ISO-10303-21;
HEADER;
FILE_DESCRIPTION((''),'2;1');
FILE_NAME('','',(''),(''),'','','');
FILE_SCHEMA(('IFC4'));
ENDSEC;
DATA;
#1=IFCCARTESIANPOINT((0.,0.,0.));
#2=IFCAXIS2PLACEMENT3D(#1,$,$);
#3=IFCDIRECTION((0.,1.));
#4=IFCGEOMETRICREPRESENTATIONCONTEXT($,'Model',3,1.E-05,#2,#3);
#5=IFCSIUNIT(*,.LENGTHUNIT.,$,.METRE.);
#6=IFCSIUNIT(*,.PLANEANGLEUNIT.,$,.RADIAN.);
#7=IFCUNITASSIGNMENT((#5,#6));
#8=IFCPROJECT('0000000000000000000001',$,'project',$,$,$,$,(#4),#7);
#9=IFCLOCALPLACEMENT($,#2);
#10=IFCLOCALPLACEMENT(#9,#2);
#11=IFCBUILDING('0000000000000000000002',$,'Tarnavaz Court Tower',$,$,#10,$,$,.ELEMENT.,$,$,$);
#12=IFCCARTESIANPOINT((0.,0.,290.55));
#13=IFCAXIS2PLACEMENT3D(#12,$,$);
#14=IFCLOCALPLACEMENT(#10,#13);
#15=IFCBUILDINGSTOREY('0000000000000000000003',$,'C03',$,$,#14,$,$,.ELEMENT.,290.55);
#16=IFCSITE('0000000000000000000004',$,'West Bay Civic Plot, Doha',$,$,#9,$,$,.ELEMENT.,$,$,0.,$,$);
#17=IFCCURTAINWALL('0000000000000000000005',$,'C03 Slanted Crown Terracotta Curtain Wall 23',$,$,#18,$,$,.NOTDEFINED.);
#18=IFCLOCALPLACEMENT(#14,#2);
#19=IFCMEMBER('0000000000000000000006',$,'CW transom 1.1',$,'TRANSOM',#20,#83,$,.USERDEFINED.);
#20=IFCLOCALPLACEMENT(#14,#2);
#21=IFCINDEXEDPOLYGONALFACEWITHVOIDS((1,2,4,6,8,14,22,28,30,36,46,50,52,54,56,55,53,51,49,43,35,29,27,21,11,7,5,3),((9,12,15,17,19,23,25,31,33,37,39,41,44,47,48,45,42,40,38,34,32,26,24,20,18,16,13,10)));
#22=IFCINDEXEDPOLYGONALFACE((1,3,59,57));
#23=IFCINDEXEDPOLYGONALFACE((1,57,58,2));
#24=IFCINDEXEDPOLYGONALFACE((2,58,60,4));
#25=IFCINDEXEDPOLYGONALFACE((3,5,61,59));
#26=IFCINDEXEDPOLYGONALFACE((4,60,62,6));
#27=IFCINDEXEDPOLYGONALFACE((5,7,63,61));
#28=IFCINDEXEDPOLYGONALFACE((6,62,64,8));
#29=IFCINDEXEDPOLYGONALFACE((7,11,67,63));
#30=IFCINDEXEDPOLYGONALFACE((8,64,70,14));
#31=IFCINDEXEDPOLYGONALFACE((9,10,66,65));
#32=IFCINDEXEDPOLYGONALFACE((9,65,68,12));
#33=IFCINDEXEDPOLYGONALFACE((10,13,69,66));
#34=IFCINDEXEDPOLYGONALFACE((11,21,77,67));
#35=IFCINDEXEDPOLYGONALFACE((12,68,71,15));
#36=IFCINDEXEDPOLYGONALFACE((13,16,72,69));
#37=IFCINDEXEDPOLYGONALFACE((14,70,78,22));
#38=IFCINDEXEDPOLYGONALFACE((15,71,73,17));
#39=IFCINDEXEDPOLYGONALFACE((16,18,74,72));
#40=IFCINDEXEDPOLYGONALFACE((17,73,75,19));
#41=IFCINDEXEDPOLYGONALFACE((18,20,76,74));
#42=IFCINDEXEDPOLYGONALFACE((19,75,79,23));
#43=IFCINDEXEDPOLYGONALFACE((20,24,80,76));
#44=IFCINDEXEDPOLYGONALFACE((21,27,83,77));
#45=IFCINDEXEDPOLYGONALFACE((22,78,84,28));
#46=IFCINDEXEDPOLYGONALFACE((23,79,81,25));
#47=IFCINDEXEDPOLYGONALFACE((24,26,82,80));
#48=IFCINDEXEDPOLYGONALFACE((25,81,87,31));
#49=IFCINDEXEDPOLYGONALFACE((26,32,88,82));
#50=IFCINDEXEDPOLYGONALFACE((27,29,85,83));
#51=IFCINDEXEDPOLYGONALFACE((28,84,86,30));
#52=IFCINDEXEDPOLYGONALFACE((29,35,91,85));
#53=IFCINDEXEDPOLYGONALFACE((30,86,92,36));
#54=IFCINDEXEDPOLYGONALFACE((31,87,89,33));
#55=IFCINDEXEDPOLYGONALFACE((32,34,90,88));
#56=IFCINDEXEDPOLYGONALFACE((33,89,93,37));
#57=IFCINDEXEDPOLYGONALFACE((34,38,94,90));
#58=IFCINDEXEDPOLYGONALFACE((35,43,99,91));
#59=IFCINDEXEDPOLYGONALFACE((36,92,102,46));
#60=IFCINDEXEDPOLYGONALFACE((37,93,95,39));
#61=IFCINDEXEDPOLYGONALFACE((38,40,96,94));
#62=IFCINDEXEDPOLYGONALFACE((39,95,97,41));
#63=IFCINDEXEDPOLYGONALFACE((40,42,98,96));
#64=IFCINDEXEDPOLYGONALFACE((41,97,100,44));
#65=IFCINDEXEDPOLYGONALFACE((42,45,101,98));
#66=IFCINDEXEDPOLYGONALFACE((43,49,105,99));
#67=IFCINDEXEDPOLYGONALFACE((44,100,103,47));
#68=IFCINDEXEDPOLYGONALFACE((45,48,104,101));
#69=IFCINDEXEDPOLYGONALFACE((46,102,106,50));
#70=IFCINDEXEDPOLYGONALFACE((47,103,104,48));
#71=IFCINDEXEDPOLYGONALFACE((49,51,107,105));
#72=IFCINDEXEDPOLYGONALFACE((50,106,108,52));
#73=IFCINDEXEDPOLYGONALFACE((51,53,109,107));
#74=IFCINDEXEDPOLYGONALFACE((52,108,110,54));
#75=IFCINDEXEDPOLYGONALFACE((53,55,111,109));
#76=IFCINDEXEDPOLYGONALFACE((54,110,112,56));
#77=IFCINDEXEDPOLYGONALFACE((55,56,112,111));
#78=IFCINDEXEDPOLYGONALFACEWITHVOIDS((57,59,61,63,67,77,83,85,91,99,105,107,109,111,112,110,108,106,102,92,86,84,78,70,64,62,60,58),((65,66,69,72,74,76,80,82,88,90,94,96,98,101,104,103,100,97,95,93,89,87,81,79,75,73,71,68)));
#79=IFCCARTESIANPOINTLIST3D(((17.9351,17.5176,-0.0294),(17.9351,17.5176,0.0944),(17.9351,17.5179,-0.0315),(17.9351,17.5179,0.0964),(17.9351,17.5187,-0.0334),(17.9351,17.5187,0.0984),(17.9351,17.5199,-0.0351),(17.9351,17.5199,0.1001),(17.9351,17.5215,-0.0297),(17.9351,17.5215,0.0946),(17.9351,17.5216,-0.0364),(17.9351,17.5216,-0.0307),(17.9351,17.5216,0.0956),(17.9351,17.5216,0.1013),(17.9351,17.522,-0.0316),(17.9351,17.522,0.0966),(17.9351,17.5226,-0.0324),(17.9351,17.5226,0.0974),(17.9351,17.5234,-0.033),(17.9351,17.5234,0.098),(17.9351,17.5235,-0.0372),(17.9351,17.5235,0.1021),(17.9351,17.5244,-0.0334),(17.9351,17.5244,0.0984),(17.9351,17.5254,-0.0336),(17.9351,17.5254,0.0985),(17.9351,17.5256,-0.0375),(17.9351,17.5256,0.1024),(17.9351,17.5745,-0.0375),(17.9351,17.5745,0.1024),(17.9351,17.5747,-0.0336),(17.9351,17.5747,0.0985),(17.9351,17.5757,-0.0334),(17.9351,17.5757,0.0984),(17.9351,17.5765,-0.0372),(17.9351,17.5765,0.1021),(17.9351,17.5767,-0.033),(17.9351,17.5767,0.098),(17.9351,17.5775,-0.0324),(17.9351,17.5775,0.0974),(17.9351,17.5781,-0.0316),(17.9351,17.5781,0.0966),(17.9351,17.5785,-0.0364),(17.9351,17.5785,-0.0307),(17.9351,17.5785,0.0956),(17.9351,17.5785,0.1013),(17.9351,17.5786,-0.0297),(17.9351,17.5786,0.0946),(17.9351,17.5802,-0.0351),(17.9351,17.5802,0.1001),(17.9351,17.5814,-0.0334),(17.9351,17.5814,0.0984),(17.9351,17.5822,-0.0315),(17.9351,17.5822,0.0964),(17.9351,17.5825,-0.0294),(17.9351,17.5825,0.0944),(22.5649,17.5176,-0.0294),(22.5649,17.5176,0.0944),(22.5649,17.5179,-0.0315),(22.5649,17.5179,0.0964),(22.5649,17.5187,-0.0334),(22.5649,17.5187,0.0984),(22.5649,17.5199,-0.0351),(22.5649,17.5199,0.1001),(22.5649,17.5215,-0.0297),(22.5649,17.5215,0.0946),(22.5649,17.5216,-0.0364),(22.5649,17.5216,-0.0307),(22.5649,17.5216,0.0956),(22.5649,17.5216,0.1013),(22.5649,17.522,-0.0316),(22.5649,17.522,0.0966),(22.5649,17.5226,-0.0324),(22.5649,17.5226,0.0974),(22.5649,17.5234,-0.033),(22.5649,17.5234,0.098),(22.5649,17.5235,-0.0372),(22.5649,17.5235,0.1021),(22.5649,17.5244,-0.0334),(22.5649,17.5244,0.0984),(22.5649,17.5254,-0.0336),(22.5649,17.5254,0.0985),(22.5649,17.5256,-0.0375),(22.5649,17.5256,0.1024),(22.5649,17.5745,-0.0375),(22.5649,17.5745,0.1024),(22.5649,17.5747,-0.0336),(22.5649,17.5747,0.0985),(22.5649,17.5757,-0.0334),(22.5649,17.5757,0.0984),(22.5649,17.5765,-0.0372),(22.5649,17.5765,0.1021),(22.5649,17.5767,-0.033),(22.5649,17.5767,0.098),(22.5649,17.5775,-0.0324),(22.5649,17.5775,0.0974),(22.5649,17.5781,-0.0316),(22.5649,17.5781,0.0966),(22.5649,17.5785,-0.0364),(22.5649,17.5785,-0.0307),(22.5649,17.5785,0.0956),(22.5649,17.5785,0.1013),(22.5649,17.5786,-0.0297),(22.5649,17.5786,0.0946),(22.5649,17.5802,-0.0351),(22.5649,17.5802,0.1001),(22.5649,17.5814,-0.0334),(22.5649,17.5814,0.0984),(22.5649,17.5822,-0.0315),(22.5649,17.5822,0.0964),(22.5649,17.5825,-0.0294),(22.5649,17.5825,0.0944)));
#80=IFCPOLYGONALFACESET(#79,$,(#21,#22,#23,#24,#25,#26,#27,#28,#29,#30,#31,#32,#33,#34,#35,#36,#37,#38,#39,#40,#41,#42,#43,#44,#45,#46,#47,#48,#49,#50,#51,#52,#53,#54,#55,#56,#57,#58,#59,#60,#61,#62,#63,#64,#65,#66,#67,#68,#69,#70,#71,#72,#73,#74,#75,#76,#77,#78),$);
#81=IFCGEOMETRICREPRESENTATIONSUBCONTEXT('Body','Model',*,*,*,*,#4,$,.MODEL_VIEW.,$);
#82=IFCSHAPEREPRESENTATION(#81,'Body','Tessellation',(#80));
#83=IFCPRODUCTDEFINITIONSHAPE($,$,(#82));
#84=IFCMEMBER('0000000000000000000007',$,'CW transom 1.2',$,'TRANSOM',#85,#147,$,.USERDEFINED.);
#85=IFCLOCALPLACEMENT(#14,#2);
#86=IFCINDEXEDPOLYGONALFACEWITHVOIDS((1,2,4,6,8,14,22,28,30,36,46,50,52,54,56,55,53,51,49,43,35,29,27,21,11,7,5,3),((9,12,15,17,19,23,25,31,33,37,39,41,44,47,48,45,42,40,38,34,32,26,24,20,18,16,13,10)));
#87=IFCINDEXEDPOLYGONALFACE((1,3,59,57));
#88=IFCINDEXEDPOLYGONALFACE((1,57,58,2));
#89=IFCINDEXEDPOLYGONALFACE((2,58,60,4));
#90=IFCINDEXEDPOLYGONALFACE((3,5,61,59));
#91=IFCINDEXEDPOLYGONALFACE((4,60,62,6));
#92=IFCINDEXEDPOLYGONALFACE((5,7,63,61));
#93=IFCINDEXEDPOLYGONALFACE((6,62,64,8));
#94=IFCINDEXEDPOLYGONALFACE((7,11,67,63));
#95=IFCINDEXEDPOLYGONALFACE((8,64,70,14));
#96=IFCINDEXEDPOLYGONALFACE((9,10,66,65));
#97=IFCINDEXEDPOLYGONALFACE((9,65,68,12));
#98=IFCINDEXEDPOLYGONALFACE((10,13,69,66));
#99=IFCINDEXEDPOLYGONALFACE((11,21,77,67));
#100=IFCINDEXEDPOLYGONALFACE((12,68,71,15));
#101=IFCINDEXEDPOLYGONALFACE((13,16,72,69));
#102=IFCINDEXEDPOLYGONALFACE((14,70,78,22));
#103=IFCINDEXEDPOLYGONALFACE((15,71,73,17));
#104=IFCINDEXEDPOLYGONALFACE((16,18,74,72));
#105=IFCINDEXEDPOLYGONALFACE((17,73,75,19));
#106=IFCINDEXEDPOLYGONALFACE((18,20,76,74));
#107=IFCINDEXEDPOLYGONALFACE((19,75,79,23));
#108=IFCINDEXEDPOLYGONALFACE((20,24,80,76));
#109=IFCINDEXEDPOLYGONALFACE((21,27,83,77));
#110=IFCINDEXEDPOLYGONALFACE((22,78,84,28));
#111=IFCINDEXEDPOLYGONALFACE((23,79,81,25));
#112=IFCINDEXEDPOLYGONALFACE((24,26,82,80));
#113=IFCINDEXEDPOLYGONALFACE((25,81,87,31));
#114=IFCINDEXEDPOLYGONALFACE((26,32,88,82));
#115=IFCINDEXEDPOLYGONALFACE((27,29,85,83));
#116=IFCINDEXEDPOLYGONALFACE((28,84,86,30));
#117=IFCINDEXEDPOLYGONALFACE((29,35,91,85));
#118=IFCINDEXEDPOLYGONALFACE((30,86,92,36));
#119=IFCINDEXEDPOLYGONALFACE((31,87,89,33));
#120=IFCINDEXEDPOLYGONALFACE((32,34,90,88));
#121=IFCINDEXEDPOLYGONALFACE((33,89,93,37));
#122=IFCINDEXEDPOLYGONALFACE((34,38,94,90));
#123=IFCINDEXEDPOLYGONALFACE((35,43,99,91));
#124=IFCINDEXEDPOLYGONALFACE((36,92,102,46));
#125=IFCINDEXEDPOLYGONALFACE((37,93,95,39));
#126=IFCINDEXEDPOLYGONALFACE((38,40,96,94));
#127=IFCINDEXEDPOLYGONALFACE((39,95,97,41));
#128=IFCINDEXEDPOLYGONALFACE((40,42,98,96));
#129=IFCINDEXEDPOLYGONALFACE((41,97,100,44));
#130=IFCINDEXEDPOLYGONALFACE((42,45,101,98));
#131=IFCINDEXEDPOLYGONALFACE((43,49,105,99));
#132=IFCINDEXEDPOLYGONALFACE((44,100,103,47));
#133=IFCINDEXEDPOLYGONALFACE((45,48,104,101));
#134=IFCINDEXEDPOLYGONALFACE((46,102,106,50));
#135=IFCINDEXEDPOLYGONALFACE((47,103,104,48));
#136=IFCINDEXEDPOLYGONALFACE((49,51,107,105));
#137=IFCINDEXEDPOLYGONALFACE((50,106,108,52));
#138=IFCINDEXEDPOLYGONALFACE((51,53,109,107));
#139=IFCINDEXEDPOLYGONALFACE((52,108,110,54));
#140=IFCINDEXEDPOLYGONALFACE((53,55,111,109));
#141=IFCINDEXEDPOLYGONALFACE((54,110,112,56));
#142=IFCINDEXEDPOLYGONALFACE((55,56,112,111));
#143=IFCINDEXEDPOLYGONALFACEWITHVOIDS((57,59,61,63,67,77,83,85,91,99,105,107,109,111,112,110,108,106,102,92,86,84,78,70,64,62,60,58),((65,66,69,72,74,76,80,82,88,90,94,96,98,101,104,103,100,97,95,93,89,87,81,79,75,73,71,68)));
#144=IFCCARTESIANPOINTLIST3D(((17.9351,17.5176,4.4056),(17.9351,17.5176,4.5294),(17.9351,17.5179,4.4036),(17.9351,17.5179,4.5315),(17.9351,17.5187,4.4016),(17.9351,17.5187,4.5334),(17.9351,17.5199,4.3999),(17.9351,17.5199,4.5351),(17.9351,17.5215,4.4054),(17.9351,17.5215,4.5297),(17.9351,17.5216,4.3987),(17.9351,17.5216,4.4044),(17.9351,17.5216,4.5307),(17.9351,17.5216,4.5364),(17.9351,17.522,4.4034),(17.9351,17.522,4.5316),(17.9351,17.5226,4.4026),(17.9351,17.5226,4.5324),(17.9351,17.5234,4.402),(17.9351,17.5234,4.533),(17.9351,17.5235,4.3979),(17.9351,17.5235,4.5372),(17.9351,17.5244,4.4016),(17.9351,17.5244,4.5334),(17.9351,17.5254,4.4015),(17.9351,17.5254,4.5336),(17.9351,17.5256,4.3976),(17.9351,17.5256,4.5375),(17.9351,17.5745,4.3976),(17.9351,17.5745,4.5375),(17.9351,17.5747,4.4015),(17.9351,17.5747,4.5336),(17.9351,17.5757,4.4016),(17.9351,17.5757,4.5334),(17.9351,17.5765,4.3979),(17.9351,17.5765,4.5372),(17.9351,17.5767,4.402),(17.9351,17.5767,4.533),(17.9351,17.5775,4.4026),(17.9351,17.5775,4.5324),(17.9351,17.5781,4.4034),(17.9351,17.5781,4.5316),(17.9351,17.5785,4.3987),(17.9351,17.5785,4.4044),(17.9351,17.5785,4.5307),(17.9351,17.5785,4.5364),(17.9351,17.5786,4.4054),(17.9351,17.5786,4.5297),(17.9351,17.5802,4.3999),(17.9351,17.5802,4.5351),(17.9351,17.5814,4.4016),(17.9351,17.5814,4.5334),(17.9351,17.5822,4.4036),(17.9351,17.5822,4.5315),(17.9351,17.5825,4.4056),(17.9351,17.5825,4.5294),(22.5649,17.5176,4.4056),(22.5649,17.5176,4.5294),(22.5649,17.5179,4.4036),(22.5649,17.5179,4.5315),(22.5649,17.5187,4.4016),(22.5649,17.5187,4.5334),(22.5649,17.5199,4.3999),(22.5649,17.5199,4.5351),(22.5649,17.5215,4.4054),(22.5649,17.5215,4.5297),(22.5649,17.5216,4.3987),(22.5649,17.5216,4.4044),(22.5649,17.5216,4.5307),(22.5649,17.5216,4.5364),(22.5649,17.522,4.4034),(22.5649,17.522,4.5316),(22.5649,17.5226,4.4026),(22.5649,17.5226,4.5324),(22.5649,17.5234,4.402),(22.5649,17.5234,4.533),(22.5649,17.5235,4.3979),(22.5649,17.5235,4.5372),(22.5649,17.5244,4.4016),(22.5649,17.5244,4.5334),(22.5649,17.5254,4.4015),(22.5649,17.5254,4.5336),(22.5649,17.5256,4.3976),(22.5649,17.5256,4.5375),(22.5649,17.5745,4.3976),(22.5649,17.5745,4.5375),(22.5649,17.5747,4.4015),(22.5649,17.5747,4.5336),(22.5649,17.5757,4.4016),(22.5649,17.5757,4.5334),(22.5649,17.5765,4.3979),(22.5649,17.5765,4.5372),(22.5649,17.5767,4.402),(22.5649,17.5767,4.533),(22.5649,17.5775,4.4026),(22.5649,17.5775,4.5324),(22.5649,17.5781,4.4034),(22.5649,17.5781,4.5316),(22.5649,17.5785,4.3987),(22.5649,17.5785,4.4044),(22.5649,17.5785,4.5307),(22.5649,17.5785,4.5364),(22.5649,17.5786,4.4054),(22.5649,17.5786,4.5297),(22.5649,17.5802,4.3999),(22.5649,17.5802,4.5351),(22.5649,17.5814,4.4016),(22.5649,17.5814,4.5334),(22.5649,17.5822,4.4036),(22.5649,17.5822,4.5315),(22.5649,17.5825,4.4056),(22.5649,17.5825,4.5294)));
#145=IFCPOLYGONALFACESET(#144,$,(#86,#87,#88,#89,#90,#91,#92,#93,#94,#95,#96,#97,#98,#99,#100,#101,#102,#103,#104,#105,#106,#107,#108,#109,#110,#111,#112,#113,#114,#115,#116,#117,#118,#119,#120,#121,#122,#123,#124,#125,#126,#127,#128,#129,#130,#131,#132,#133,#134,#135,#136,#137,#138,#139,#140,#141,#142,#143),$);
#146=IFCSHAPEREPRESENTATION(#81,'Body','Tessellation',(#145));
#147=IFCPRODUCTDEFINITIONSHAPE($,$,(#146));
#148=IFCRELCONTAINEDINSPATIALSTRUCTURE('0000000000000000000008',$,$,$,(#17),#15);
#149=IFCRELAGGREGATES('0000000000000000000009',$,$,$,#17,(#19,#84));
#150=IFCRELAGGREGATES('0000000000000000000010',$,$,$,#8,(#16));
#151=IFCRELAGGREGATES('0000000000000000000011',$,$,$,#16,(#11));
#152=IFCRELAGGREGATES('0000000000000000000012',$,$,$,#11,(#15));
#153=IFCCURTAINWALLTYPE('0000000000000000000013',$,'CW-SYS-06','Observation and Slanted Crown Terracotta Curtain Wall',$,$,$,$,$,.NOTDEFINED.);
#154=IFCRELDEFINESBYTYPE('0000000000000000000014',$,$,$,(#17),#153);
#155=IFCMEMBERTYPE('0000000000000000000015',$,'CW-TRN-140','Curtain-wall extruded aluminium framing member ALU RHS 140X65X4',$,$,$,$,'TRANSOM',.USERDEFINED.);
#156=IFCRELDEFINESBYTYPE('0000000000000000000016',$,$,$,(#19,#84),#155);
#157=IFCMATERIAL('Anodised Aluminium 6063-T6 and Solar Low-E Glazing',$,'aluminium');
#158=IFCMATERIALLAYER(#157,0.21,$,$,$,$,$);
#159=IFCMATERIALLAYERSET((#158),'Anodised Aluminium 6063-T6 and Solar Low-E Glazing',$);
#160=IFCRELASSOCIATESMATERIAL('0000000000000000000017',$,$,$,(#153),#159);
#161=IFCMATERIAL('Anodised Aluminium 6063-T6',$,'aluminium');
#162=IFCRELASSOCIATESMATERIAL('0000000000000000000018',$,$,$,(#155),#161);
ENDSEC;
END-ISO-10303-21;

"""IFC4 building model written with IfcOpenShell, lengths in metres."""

from ifc_helpers import new_model, si_unit, direction, frame, origin, origin_2d, place, context, subcontext, project, spatial, hollow_rectangle, extrude, material, layer, layer_set, material_profile, profile_set, type_object, element, aggregate, save


model = new_model("IFC4")

# Units and contexts
model_context = context("Model", 3, precision=1e-05, world=origin(), true_north=direction((0.0, 1.0)))
body_context = subcontext(model_context, "Body", "Model", "MODEL_VIEW")
ifc_project = project(units=[si_unit("LENGTHUNIT", "METRE"), si_unit("PLANEANGLEUNIT", "RADIAN")], contexts=[model_context])

# Site, building, storey
site_placement = place(None, origin())
site = spatial("IfcSite", under=ifc_project, at=site_placement, Name="West Bay Civic Plot, Doha", CompositionType="ELEMENT", RefElevation=0.0)
building_placement = place(site_placement, origin())
building = spatial("IfcBuilding", under=site, at=building_placement, Name="Tarnavaz Court Tower", CompositionType="ELEMENT")
storey_placement = place(building_placement, frame((0.0, 0.0, 290.55)))
storey = spatial("IfcBuildingStorey", under=building, at=storey_placement, Name="C03", CompositionType="ELEMENT", Elevation=290.55)

# Shared definitions
ifc_material_1 = material(Name="Anodised Aluminium 6063-T6 and Solar Low-E Glazing", Category="aluminium")
ifc_layer_1 = layer(ifc_material_1, 0.21)
ifc_layer_set_1 = layer_set([ifc_layer_1], Name="Anodised Aluminium 6063-T6 and Solar Low-E Glazing")
curtain_wall_type = type_object("IfcCurtainWallType", Name="CW-SYS-06", Description="Observation and Slanted Crown Terracotta Curtain Wall", PredefinedType="NOTDEFINED", material=ifc_layer_set_1)
ifc_material_2 = material(Name="Anodised Aluminium 6063-T6", Category="aluminium")

# Curtain wall
curtain_wall_1_placement = place(storey_placement, origin())
curtain_wall_1 = element("IfcCurtainWall", 1, at=curtain_wall_1_placement, inside=storey, type_object=curtain_wall_type, Name="C03 Slanted Crown Terracotta Curtain Wall 23", PredefinedType="NOTDEFINED")

# Members
ifc_material_profile_1 = material_profile(ifc_material_2, hollow_rectangle(XDim=0.0649, YDim=0.1399, WallThickness=0.0039, InnerFilletRadius=0.0039, OuterFilletRadius=0.0081, at=origin_2d()), Name="ALU RHS 140X65X4")
ifc_profile_set_1 = profile_set([ifc_material_profile_1], Name="Anodised Aluminium 6063-T6")
member_type_1 = type_object("IfcMemberType", Name="CW-TRN-140", Description="Curtain-wall extruded aluminium framing member ALU RHS 140X65X4", ElementType="TRANSOM", PredefinedType="USERDEFINED", material=ifc_profile_set_1)
member_1_placement = place(storey_placement, frame((17.9351, 17.55, 0.0325), z_axis=(1.0, 0.0, 0.0), x_axis=(0.0, 1.0, 0.0)))
member_1 = element("IfcMember", 2, at=member_1_placement, type_object=member_type_1, Name="CW transom 1.1", ObjectType="TRANSOM", PredefinedType="USERDEFINED", context=body_context, shape_type="SweptSolid", body=[
    extrude(hollow_rectangle(XDim=0.0649, YDim=0.1399, WallThickness=0.0039, InnerFilletRadius=0.0039, OuterFilletRadius=0.0081, at=origin_2d()), origin(), (0.0, 0.0, 1.0), 4.6299),
])
member_2_placement = place(storey_placement, frame((17.9351, 17.55, 4.4675), z_axis=(1.0, 0.0, 0.0), x_axis=(0.0, 1.0, 0.0)))
member_2 = element("IfcMember", 3, at=member_2_placement, type_object=member_type_1, Name="CW transom 1.2", ObjectType="TRANSOM", PredefinedType="USERDEFINED", context=body_context, shape_type="SweptSolid", body=[
    extrude(hollow_rectangle(XDim=0.0649, YDim=0.1399, WallThickness=0.0039, InnerFilletRadius=0.0039, OuterFilletRadius=0.0081, at=origin_2d()), origin(), (0.0, 0.0, 1.0), 4.6299),
])
aggregate(curtain_wall_1, [member_1, member_2])

save(model, "model.ifc")
